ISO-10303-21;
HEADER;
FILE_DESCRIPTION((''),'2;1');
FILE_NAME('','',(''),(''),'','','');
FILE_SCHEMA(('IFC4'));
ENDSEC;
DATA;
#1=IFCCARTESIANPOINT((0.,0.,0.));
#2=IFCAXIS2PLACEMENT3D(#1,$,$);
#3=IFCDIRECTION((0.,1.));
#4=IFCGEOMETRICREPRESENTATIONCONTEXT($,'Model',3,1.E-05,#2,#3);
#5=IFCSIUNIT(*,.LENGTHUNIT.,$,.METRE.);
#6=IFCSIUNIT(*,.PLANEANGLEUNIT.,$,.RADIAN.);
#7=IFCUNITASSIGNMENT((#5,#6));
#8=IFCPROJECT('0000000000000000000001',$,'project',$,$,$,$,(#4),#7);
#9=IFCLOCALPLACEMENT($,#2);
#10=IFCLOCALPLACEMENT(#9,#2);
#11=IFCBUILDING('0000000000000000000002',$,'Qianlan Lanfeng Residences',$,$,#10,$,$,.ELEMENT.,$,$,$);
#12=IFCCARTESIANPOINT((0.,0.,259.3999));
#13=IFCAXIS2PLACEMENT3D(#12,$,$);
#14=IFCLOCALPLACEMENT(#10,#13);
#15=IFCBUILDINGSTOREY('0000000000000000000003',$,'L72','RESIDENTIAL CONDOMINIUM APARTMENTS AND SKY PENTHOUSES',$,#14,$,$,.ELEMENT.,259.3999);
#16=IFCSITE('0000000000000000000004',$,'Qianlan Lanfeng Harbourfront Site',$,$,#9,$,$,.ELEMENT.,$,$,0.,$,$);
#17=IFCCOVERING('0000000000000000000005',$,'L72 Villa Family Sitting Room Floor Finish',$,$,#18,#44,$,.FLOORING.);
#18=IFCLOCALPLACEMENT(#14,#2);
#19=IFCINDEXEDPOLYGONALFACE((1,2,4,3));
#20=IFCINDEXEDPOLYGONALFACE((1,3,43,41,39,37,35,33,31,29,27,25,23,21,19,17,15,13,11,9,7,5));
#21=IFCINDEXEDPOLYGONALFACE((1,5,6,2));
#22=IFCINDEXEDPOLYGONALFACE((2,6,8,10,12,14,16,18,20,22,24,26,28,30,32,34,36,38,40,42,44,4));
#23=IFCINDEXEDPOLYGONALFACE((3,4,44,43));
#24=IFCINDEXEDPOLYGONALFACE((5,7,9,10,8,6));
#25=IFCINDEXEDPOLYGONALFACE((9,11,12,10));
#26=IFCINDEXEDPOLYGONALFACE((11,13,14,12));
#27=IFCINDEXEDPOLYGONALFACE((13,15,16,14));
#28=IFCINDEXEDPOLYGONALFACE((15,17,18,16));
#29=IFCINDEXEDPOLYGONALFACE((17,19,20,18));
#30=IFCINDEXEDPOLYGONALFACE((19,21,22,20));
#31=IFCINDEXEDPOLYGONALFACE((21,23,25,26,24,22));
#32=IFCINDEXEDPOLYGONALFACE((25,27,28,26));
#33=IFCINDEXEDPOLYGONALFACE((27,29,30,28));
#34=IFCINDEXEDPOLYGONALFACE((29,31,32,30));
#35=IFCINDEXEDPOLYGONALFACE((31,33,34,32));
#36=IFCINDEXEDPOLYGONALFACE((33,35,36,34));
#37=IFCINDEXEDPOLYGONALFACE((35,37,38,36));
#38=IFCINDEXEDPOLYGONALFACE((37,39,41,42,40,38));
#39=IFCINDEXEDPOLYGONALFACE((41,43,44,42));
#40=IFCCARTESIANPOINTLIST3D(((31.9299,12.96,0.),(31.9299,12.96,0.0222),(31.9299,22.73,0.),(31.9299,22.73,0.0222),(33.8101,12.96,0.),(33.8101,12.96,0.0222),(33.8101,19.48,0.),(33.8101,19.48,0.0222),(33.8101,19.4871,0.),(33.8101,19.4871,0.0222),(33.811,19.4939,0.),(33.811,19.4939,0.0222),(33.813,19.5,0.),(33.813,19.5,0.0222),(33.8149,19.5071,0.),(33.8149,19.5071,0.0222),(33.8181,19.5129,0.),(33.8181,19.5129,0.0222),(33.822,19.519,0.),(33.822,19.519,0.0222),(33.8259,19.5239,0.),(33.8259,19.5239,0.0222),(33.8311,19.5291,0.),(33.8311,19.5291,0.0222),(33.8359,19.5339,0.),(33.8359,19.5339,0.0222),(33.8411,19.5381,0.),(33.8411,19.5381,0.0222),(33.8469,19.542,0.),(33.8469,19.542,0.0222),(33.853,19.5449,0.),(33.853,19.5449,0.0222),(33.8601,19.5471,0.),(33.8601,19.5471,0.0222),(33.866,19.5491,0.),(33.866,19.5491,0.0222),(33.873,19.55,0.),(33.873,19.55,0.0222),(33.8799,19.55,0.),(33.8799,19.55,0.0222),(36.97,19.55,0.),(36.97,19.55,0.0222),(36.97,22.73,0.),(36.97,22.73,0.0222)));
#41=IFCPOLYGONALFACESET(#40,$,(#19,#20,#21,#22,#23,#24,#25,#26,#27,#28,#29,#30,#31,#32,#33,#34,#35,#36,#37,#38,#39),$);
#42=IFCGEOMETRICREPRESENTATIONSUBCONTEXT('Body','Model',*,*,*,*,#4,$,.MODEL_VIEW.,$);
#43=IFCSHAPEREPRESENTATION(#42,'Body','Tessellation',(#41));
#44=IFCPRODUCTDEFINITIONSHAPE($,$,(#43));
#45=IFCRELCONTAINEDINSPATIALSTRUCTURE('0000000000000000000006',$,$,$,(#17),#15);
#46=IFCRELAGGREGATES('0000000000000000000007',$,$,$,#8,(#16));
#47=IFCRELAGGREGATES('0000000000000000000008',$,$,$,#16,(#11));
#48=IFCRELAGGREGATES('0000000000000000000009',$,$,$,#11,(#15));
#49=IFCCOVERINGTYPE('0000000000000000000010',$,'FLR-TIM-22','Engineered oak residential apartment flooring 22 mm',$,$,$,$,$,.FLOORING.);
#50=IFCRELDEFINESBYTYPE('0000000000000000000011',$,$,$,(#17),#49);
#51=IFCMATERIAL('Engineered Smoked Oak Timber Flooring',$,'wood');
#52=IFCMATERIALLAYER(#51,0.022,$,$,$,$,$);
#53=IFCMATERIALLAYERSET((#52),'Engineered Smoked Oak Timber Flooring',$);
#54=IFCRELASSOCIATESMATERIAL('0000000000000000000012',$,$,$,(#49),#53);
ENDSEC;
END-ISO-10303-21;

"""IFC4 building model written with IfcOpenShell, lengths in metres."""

from ifc_helpers import new_model, si_unit, direction, frame, origin, place, context, subcontext, project, spatial, polyline, outline, extrude, material, layer, layer_set, type_object, element, save


model = new_model("IFC4")

# Units and contexts
model_context = context("Model", 3, precision=1e-05, world=origin(), true_north=direction((0.0, 1.0)))
body_context = subcontext(model_context, "Body", "Model", "MODEL_VIEW")
ifc_project = project(units=[si_unit("LENGTHUNIT", "METRE"), si_unit("PLANEANGLEUNIT", "RADIAN")], contexts=[model_context])

# Site, building, storey
site_placement = place(None, origin())
site = spatial("IfcSite", under=ifc_project, at=site_placement, Name="Qianlan Lanfeng Harbourfront Site", CompositionType="ELEMENT", RefElevation=0.0)
building_placement = place(site_placement, origin())
building = spatial("IfcBuilding", under=site, at=building_placement, Name="Qianlan Lanfeng Residences", CompositionType="ELEMENT")
storey_placement = place(building_placement, frame((0.0, 0.0, 259.3999)))
storey = spatial("IfcBuildingStorey", under=building, at=storey_placement, Name="L72", Description="RESIDENTIAL CONDOMINIUM APARTMENTS AND SKY PENTHOUSES", CompositionType="ELEMENT", Elevation=259.3999)

# Covering
ifc_material_1 = material(Name="Engineered Smoked Oak Timber Flooring", Category="wood")
ifc_layer_1 = layer(ifc_material_1, 0.022)
ifc_layer_set_1 = layer_set([ifc_layer_1], Name="Engineered Smoked Oak Timber Flooring")
covering_type_1 = type_object("IfcCoveringType", Name="FLR-TIM-22", Description="Engineered oak residential apartment flooring 22 mm", PredefinedType="FLOORING", material=ifc_layer_set_1)
covering_1_placement = place(storey_placement, origin())
element("IfcCovering", 1, at=covering_1_placement, inside=storey, type_object=covering_type_1, Name="L72 Villa Family Sitting Room Floor Finish", PredefinedType="FLOORING", context=body_context, shape_type="SweptSolid", body=[
    extrude(outline(polyline([(31.9299, 12.96), (33.8101, 12.96), (33.8101, 19.48), (33.8101, 19.4871), (33.811, 19.4939), (33.813, 19.5), (33.8149, 19.5071), (33.8181, 19.5129), (33.822, 19.519), (33.8259, 19.5239), (33.8311, 19.5291), (33.8359, 19.5339), (33.8411, 19.5381), (33.8469, 19.542), (33.853, 19.5449), (33.8601, 19.5471), (33.866, 19.5491), (33.873, 19.55), (33.8799, 19.55), (36.97, 19.55), (36.97, 22.73), (31.9299, 22.73), (31.9299, 12.96)])), origin(), (0.0, 0.0, 1.0), 0.0222),
])

save(model, "model.ifc")
